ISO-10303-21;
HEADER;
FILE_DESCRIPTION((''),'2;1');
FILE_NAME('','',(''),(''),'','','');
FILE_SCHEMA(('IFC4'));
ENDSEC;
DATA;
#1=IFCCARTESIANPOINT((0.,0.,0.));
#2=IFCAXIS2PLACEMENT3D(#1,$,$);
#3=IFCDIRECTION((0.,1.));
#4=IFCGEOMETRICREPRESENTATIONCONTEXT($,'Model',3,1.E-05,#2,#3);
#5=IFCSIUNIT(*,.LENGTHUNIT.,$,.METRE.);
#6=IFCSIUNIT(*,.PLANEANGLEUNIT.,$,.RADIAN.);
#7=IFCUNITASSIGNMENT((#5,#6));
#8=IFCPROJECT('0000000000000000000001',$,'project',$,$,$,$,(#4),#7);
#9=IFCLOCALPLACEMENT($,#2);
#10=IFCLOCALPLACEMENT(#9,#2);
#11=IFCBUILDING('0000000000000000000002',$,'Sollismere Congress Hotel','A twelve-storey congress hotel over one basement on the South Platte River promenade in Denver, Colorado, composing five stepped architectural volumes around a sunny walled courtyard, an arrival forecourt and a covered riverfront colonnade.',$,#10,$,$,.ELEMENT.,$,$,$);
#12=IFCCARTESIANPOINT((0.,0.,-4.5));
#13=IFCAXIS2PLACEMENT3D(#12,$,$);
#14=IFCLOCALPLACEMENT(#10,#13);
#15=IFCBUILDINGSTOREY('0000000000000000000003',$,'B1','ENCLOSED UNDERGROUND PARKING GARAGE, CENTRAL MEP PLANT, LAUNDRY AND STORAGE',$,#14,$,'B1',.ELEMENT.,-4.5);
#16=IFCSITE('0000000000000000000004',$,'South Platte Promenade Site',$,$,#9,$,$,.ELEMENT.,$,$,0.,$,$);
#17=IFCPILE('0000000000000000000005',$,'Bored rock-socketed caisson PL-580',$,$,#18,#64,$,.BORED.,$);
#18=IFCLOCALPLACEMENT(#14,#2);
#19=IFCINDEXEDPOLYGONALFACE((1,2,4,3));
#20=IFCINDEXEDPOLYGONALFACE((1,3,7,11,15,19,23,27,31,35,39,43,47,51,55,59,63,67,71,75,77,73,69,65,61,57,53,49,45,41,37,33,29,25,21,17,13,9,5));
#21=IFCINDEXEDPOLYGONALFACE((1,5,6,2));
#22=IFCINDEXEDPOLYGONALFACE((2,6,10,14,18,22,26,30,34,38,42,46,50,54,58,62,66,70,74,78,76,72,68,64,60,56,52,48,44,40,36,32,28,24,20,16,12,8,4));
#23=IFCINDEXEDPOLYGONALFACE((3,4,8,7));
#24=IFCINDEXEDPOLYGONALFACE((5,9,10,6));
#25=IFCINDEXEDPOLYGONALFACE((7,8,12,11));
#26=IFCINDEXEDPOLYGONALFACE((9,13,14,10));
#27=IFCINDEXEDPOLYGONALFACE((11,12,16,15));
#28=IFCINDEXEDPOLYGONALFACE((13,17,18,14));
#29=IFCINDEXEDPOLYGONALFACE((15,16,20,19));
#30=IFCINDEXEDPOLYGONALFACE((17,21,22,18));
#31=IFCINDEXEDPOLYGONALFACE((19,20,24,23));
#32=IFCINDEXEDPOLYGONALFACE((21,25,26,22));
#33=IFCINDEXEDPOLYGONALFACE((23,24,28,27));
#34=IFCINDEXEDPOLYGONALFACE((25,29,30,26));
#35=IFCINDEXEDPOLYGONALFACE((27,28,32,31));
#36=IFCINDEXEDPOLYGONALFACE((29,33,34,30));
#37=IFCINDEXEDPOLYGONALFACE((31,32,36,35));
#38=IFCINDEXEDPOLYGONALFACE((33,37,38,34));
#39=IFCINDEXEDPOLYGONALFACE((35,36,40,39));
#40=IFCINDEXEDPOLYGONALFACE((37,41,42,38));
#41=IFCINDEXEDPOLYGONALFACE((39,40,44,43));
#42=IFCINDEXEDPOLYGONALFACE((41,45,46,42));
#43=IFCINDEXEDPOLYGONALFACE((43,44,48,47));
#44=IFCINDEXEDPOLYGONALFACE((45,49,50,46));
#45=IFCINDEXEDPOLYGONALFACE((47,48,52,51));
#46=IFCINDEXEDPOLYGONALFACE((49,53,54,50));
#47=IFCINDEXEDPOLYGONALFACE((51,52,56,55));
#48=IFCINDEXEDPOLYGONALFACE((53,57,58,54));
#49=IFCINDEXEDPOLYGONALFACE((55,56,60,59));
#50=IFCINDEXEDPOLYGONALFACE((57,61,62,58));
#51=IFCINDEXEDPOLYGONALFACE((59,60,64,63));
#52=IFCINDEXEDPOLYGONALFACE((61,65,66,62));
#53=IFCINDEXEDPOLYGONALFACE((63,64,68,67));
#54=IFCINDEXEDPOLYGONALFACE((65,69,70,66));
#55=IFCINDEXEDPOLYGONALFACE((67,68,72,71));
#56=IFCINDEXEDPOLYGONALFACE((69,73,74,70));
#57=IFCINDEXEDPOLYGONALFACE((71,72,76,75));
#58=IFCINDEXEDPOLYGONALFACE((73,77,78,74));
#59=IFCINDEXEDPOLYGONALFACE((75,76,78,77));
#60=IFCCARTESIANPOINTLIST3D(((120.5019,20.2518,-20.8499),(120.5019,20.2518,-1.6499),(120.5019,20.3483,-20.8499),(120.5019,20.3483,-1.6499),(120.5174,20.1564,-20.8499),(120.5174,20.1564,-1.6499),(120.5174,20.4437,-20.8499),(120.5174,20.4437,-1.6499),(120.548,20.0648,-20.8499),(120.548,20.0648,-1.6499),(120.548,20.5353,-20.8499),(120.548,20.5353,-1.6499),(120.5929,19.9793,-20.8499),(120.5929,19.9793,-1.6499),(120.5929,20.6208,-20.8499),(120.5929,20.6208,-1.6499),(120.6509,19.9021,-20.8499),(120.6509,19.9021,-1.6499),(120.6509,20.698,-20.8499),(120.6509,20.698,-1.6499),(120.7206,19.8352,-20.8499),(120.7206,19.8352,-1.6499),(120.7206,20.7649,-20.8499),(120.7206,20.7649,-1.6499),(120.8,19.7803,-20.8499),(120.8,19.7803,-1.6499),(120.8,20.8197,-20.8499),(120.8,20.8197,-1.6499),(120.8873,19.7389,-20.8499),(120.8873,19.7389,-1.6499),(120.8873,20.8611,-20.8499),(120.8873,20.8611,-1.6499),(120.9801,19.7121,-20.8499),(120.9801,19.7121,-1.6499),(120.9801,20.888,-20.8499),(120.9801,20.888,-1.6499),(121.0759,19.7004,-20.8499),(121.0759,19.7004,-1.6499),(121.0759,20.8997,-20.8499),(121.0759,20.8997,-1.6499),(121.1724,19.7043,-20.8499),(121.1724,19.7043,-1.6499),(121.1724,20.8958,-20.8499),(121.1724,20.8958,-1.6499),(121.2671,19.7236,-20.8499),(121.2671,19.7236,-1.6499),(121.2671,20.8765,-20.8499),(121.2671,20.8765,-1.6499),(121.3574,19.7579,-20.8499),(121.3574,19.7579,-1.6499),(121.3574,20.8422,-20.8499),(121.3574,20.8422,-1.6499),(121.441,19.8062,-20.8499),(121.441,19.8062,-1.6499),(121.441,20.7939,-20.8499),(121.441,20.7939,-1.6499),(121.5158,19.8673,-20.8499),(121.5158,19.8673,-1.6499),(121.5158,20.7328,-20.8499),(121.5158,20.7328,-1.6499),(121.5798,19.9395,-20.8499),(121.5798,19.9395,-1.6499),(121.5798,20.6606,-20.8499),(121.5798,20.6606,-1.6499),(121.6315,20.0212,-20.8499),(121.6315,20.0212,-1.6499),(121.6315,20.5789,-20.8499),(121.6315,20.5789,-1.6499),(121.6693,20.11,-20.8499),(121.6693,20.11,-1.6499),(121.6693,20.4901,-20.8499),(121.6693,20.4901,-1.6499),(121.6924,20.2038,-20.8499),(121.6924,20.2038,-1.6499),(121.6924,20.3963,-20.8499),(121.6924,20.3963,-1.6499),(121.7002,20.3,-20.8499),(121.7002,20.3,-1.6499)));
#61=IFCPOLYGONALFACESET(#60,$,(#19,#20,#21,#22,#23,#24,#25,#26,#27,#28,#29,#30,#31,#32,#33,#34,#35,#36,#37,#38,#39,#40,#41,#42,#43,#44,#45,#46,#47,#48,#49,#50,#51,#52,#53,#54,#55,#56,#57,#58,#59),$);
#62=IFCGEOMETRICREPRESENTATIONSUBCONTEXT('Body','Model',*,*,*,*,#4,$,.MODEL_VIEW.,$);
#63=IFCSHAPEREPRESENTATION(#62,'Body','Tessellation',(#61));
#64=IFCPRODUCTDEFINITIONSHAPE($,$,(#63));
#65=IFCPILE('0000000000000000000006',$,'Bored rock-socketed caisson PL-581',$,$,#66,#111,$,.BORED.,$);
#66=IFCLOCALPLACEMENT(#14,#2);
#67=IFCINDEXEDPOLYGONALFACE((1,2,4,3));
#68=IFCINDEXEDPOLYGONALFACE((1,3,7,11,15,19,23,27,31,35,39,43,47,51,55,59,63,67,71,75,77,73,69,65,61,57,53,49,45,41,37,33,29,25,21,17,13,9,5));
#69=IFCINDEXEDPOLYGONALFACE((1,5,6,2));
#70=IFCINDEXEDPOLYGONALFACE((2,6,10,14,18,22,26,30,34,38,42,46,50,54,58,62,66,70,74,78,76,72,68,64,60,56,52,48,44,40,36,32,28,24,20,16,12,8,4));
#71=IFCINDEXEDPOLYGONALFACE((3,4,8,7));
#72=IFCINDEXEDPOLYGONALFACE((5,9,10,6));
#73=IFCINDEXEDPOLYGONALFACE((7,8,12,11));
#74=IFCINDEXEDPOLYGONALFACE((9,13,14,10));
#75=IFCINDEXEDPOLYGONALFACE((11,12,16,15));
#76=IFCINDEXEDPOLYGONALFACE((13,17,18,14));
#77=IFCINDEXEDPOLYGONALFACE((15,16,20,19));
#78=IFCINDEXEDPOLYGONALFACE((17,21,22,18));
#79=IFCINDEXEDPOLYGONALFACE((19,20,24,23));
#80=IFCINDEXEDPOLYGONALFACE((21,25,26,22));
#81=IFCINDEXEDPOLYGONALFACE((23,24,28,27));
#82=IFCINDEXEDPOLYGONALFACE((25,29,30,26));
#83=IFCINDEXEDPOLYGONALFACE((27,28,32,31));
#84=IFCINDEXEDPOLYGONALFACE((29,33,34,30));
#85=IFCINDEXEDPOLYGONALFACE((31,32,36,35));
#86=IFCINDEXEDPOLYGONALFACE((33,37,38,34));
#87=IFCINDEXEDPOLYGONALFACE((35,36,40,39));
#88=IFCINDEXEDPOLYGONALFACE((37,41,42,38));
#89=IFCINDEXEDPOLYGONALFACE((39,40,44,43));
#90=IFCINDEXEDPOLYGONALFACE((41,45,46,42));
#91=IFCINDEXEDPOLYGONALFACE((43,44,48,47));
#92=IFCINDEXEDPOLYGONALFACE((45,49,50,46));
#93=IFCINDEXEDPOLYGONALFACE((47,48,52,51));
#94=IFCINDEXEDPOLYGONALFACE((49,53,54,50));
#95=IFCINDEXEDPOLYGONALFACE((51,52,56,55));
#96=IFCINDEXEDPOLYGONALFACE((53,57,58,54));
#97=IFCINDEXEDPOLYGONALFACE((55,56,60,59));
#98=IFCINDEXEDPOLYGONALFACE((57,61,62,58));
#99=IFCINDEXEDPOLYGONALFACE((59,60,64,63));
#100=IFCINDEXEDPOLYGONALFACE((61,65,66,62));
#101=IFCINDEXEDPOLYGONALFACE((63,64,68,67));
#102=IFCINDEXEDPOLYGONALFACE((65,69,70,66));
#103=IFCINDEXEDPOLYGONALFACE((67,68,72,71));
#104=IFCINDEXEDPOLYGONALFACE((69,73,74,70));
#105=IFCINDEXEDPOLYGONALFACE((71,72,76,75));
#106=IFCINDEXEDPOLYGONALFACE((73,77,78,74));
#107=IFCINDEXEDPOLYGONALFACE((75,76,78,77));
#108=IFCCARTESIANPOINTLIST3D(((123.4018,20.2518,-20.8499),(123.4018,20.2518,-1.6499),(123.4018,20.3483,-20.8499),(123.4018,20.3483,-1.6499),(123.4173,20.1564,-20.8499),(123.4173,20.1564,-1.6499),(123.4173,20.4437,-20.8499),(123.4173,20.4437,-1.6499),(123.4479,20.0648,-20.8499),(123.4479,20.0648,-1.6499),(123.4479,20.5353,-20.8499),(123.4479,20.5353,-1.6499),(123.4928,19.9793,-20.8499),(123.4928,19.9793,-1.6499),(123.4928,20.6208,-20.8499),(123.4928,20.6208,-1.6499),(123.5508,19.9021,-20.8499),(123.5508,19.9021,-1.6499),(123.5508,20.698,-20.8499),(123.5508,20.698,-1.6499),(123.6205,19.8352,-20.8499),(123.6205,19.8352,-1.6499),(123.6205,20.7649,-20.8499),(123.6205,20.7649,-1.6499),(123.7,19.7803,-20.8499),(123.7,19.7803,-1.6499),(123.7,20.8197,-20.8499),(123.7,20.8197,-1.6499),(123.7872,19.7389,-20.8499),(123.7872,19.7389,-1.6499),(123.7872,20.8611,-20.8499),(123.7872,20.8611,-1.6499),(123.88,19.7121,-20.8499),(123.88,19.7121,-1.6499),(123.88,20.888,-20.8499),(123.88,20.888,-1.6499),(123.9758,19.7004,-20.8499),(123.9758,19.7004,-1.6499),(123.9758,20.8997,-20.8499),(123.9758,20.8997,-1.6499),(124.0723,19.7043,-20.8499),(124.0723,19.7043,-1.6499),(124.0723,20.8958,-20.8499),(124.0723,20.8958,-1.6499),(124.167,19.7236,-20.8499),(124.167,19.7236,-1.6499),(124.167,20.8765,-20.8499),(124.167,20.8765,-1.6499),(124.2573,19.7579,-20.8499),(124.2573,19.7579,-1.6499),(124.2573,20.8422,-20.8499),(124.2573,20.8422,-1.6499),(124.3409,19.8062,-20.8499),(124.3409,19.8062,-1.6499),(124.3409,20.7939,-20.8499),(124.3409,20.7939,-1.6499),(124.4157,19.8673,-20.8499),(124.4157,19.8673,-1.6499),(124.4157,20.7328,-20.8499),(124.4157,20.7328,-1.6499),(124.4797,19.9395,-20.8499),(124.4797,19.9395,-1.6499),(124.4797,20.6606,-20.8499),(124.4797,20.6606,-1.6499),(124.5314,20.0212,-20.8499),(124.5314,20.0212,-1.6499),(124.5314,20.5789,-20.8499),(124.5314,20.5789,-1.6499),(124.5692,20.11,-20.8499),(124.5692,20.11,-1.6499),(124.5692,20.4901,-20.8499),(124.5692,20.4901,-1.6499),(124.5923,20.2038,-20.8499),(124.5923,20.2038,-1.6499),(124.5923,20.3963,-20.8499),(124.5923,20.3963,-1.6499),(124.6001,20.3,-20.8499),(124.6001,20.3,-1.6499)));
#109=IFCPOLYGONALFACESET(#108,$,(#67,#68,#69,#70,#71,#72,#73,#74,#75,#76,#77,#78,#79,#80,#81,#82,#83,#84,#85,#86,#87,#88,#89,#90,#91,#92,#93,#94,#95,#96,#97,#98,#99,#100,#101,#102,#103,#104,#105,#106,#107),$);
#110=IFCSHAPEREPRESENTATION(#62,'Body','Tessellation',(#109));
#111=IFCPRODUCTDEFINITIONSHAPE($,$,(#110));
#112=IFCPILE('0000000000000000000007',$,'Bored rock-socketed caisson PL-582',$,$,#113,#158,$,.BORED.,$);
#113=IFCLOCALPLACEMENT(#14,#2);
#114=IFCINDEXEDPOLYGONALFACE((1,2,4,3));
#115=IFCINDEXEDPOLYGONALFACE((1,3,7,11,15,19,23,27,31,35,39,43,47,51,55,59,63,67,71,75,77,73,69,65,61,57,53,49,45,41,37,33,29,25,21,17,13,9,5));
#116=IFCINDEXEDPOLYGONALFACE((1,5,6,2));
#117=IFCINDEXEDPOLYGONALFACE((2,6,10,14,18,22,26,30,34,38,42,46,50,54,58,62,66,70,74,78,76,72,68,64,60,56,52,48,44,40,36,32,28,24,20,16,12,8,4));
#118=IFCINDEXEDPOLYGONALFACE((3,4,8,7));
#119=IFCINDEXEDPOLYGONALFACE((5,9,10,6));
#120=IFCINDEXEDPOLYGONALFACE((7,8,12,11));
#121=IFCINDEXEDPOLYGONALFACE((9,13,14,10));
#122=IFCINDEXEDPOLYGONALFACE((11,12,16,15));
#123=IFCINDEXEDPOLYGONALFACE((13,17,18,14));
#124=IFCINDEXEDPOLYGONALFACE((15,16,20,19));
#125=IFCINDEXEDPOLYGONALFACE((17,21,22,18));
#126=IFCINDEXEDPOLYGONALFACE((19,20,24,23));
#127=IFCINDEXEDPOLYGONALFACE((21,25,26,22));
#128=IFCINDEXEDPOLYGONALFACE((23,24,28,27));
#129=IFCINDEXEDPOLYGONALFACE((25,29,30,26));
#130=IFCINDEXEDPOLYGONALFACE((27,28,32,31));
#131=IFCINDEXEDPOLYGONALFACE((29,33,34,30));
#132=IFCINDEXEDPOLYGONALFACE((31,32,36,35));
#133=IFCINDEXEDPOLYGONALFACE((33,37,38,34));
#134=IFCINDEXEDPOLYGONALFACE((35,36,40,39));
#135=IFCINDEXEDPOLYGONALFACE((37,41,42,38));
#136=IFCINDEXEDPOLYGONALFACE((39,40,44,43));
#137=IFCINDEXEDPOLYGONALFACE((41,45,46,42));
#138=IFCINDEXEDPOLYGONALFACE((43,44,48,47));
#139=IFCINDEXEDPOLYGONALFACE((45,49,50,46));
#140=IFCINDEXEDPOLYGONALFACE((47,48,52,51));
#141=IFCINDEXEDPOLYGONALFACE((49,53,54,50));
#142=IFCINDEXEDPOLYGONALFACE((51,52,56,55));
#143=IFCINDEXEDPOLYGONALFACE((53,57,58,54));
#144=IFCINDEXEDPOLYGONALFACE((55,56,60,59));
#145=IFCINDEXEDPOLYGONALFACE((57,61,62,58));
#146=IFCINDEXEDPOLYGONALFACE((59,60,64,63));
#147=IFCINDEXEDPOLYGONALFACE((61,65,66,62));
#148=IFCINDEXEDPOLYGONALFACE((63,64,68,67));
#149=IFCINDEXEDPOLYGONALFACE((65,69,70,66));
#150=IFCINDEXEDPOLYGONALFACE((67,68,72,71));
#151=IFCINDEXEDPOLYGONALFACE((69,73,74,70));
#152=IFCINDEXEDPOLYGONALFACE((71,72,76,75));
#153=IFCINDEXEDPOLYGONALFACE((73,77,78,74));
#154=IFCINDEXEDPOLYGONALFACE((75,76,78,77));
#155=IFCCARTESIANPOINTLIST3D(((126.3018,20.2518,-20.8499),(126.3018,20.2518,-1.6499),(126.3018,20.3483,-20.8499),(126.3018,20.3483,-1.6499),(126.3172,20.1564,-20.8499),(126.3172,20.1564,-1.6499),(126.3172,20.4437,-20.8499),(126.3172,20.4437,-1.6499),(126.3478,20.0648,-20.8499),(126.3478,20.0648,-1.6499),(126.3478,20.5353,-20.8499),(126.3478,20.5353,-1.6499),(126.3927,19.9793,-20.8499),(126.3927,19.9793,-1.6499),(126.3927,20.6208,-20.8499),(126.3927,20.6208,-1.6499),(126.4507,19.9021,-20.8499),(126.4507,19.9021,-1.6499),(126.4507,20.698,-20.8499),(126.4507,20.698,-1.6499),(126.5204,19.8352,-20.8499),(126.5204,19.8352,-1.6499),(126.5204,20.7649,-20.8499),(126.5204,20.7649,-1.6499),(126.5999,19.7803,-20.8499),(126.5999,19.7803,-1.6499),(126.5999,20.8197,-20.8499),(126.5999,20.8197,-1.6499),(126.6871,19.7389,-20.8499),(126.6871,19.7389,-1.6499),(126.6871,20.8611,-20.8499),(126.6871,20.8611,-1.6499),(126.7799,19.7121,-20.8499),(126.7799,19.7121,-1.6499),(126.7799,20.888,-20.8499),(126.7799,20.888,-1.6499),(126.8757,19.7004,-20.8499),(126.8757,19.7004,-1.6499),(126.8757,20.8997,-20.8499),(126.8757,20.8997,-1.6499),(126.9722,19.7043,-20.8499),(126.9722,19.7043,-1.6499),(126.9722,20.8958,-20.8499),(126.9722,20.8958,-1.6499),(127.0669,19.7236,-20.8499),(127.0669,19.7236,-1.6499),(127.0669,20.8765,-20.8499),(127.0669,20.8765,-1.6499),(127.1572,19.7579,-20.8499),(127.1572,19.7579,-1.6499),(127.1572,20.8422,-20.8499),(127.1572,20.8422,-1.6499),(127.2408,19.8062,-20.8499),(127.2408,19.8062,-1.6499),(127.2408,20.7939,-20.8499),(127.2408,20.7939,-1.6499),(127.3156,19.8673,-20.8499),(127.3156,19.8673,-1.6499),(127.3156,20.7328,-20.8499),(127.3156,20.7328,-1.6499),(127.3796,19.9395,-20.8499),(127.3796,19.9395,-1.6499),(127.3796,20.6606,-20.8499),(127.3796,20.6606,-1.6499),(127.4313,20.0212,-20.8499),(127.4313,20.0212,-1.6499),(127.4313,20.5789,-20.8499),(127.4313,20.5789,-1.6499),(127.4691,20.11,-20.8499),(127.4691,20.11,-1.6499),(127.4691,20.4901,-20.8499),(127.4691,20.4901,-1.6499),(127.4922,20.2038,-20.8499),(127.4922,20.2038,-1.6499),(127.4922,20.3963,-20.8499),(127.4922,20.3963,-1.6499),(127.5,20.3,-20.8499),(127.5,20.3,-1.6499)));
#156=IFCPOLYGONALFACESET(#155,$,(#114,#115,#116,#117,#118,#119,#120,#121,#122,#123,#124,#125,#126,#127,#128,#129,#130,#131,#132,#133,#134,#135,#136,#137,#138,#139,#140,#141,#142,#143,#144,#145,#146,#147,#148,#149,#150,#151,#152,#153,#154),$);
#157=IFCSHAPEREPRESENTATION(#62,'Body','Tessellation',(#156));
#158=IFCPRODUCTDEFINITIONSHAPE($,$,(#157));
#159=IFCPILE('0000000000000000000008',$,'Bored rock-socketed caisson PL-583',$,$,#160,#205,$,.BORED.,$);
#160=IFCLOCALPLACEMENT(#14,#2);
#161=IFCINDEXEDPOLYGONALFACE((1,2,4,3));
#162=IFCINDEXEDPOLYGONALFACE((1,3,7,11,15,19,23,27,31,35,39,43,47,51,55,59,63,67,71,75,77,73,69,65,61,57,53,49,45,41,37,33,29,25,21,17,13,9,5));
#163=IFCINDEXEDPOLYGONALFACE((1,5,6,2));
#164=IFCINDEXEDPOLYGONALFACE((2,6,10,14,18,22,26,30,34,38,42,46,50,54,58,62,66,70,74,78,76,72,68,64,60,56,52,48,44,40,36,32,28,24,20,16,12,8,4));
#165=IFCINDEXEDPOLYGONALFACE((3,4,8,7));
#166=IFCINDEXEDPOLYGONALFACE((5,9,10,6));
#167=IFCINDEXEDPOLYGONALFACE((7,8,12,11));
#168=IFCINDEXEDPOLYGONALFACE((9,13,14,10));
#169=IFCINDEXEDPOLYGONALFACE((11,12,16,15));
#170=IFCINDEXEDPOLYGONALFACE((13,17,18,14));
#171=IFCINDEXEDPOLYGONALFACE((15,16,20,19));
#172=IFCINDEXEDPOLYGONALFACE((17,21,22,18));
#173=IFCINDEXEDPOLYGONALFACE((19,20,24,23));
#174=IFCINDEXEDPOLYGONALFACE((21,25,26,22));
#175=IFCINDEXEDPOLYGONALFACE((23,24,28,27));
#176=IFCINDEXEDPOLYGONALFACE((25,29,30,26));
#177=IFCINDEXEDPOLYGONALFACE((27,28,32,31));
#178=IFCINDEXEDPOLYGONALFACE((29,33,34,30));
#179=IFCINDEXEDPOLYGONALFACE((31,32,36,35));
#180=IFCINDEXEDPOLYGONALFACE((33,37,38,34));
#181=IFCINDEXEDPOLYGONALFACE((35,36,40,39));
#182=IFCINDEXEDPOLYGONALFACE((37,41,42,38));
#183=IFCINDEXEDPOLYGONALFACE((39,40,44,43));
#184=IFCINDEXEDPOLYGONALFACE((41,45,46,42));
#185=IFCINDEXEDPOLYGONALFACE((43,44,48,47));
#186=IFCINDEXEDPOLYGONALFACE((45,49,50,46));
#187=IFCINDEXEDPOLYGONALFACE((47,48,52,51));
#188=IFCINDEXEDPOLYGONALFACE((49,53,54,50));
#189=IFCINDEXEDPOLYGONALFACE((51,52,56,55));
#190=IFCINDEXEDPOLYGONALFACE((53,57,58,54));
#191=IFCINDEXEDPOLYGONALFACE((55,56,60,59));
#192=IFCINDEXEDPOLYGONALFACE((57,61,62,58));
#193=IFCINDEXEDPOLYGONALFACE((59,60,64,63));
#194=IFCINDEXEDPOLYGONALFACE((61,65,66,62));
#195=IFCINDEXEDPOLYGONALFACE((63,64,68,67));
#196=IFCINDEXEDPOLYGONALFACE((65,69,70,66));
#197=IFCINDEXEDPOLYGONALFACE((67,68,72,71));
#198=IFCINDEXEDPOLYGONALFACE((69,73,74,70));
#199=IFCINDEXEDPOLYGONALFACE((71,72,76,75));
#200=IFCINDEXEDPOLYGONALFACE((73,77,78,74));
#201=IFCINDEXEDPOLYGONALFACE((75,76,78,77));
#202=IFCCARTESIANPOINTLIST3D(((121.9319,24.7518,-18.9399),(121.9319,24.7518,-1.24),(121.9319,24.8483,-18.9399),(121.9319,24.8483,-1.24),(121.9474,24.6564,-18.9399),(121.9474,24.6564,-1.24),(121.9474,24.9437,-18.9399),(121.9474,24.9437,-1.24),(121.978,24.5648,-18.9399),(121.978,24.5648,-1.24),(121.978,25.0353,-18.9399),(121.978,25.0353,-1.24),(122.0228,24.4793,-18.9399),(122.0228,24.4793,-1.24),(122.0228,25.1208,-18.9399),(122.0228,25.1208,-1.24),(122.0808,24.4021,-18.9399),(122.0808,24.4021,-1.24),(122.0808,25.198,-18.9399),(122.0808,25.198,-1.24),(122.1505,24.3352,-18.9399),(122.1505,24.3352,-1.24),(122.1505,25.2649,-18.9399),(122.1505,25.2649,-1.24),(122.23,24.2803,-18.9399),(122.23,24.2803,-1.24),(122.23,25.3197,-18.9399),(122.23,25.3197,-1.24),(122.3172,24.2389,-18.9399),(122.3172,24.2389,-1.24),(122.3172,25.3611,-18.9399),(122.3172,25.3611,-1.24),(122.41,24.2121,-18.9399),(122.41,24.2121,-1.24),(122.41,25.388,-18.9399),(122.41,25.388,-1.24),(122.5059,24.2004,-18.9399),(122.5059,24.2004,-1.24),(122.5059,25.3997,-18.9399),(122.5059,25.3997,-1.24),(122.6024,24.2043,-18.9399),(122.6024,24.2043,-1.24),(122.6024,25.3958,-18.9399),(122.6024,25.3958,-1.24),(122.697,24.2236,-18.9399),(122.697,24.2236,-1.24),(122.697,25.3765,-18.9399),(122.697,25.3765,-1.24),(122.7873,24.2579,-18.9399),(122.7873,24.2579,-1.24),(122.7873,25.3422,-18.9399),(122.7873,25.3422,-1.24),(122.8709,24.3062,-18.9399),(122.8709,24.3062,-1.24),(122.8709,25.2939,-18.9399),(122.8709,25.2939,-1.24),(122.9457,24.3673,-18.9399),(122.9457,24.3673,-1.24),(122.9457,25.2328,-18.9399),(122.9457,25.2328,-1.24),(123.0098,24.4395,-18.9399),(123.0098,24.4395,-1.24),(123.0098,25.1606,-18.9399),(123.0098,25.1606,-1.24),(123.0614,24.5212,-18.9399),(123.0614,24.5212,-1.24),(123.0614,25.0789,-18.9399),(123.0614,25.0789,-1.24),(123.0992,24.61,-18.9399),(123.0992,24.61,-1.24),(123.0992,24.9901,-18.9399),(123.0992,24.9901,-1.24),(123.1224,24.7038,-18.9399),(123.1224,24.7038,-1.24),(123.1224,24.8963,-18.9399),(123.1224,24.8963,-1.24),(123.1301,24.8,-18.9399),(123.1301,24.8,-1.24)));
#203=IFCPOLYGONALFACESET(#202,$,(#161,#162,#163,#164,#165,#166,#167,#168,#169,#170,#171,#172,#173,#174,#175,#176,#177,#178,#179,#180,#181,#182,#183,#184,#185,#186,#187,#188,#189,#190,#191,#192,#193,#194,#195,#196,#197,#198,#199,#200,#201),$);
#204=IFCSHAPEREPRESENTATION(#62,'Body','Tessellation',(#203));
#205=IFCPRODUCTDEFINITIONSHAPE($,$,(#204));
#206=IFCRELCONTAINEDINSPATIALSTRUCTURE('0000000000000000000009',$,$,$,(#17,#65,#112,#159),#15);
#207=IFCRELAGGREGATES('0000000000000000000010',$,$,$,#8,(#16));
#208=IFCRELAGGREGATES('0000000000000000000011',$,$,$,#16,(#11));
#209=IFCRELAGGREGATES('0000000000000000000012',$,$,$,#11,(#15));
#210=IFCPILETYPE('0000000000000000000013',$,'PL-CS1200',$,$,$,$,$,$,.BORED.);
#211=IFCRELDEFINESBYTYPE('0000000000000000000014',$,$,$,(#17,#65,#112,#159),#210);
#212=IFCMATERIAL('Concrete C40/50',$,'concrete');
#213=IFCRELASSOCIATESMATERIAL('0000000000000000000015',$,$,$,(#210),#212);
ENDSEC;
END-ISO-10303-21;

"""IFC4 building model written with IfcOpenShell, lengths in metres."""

from ifc_helpers import new_model, si_unit, direction, frame, origin, origin_2d, place, context, subcontext, project, spatial, circle, extrude, material, material_profile, profile_set, type_object, element, save


model = new_model("IFC4")

# Units and contexts
model_context = context("Model", 3, precision=1e-05, world=origin(), true_north=direction((0.0, 1.0)))
body_context = subcontext(model_context, "Body", "Model", "MODEL_VIEW")
ifc_project = project(units=[si_unit("LENGTHUNIT", "METRE"), si_unit("PLANEANGLEUNIT", "RADIAN")], contexts=[model_context])

# Site, building, storey
site_placement = place(None, origin())
site = spatial("IfcSite", under=ifc_project, at=site_placement, Name="South Platte Promenade Site", CompositionType="ELEMENT", RefElevation=0.0)
building_placement = place(site_placement, origin())
building = spatial("IfcBuilding", under=site, at=building_placement, Name="Sollismere Congress Hotel", Description="A twelve-storey congress hotel over one basement on the South Platte River promenade in Denver, Colorado, composing five stepped architectural volumes around a sunny walled courtyard, an arrival forecourt and a covered riverfront colonnade.", CompositionType="ELEMENT")
storey_placement = place(building_placement, frame((0.0, 0.0, -4.5)))
storey = spatial("IfcBuildingStorey", under=building, at=storey_placement, Name="B1", Description="ENCLOSED UNDERGROUND PARKING GARAGE, CENTRAL MEP PLANT, LAUNDRY AND STORAGE", LongName="B1", CompositionType="ELEMENT", Elevation=-4.5)

# Shared definitions
ifc_material_1 = material(Name="Concrete C40/50", Category="concrete")

# Piles
ifc_material_profile_1 = material_profile(ifc_material_1, circle(Radius=0.6001, at=origin_2d()), Name="CAISSON1200")
ifc_profile_set_1 = profile_set([ifc_material_profile_1], Name="Concrete C40/50")
pile_type = type_object("IfcPileType", Name="PL-CS1200", PredefinedType="BORED", material=ifc_profile_set_1)
for number, where, z_axis, x_axis, name in (
    (1, (121.1001, 20.3, -1.6499), (0.0, 0.0, -1.0), (1.0, 0.0, 0.0), "Bored rock-socketed caisson PL-580"),
    (2, (124.0, 20.3, -1.6499), (0.0, 0.0, -1.0), (1.0, 0.0, 0.0), "Bored rock-socketed caisson PL-581"),
    (3, (126.8999, 20.3, -1.6499), (0.0, 0.0, -1.0), (1.0, 0.0, 0.0), "Bored rock-socketed caisson PL-582"),
):
    element("IfcPile", number, at=place(storey_placement, frame(where, z_axis=z_axis, x_axis=x_axis)), inside=storey, type_object=pile_type, Name=name, PredefinedType="BORED", context=body_context, shape_type="SweptSolid", body=[
        extrude(circle(Radius=0.6001, at=origin_2d()), origin(), (0.0, 0.0, 1.0), 19.2),
    ])
pile_placement = place(storey_placement, frame((122.53, 24.8, -1.24), z_axis=(0.0, 0.0, -1.0), x_axis=(1.0, 0.0, 0.0)))
element("IfcPile", 4, at=pile_placement, inside=storey, type_object=pile_type, Name="Bored rock-socketed caisson PL-583", PredefinedType="BORED", context=body_context, shape_type="SweptSolid", body=[
    extrude(circle(Radius=0.6001, at=origin_2d()), origin(), (0.0, 0.0, 1.0), 17.7),
])

save(model, "model.ifc")
